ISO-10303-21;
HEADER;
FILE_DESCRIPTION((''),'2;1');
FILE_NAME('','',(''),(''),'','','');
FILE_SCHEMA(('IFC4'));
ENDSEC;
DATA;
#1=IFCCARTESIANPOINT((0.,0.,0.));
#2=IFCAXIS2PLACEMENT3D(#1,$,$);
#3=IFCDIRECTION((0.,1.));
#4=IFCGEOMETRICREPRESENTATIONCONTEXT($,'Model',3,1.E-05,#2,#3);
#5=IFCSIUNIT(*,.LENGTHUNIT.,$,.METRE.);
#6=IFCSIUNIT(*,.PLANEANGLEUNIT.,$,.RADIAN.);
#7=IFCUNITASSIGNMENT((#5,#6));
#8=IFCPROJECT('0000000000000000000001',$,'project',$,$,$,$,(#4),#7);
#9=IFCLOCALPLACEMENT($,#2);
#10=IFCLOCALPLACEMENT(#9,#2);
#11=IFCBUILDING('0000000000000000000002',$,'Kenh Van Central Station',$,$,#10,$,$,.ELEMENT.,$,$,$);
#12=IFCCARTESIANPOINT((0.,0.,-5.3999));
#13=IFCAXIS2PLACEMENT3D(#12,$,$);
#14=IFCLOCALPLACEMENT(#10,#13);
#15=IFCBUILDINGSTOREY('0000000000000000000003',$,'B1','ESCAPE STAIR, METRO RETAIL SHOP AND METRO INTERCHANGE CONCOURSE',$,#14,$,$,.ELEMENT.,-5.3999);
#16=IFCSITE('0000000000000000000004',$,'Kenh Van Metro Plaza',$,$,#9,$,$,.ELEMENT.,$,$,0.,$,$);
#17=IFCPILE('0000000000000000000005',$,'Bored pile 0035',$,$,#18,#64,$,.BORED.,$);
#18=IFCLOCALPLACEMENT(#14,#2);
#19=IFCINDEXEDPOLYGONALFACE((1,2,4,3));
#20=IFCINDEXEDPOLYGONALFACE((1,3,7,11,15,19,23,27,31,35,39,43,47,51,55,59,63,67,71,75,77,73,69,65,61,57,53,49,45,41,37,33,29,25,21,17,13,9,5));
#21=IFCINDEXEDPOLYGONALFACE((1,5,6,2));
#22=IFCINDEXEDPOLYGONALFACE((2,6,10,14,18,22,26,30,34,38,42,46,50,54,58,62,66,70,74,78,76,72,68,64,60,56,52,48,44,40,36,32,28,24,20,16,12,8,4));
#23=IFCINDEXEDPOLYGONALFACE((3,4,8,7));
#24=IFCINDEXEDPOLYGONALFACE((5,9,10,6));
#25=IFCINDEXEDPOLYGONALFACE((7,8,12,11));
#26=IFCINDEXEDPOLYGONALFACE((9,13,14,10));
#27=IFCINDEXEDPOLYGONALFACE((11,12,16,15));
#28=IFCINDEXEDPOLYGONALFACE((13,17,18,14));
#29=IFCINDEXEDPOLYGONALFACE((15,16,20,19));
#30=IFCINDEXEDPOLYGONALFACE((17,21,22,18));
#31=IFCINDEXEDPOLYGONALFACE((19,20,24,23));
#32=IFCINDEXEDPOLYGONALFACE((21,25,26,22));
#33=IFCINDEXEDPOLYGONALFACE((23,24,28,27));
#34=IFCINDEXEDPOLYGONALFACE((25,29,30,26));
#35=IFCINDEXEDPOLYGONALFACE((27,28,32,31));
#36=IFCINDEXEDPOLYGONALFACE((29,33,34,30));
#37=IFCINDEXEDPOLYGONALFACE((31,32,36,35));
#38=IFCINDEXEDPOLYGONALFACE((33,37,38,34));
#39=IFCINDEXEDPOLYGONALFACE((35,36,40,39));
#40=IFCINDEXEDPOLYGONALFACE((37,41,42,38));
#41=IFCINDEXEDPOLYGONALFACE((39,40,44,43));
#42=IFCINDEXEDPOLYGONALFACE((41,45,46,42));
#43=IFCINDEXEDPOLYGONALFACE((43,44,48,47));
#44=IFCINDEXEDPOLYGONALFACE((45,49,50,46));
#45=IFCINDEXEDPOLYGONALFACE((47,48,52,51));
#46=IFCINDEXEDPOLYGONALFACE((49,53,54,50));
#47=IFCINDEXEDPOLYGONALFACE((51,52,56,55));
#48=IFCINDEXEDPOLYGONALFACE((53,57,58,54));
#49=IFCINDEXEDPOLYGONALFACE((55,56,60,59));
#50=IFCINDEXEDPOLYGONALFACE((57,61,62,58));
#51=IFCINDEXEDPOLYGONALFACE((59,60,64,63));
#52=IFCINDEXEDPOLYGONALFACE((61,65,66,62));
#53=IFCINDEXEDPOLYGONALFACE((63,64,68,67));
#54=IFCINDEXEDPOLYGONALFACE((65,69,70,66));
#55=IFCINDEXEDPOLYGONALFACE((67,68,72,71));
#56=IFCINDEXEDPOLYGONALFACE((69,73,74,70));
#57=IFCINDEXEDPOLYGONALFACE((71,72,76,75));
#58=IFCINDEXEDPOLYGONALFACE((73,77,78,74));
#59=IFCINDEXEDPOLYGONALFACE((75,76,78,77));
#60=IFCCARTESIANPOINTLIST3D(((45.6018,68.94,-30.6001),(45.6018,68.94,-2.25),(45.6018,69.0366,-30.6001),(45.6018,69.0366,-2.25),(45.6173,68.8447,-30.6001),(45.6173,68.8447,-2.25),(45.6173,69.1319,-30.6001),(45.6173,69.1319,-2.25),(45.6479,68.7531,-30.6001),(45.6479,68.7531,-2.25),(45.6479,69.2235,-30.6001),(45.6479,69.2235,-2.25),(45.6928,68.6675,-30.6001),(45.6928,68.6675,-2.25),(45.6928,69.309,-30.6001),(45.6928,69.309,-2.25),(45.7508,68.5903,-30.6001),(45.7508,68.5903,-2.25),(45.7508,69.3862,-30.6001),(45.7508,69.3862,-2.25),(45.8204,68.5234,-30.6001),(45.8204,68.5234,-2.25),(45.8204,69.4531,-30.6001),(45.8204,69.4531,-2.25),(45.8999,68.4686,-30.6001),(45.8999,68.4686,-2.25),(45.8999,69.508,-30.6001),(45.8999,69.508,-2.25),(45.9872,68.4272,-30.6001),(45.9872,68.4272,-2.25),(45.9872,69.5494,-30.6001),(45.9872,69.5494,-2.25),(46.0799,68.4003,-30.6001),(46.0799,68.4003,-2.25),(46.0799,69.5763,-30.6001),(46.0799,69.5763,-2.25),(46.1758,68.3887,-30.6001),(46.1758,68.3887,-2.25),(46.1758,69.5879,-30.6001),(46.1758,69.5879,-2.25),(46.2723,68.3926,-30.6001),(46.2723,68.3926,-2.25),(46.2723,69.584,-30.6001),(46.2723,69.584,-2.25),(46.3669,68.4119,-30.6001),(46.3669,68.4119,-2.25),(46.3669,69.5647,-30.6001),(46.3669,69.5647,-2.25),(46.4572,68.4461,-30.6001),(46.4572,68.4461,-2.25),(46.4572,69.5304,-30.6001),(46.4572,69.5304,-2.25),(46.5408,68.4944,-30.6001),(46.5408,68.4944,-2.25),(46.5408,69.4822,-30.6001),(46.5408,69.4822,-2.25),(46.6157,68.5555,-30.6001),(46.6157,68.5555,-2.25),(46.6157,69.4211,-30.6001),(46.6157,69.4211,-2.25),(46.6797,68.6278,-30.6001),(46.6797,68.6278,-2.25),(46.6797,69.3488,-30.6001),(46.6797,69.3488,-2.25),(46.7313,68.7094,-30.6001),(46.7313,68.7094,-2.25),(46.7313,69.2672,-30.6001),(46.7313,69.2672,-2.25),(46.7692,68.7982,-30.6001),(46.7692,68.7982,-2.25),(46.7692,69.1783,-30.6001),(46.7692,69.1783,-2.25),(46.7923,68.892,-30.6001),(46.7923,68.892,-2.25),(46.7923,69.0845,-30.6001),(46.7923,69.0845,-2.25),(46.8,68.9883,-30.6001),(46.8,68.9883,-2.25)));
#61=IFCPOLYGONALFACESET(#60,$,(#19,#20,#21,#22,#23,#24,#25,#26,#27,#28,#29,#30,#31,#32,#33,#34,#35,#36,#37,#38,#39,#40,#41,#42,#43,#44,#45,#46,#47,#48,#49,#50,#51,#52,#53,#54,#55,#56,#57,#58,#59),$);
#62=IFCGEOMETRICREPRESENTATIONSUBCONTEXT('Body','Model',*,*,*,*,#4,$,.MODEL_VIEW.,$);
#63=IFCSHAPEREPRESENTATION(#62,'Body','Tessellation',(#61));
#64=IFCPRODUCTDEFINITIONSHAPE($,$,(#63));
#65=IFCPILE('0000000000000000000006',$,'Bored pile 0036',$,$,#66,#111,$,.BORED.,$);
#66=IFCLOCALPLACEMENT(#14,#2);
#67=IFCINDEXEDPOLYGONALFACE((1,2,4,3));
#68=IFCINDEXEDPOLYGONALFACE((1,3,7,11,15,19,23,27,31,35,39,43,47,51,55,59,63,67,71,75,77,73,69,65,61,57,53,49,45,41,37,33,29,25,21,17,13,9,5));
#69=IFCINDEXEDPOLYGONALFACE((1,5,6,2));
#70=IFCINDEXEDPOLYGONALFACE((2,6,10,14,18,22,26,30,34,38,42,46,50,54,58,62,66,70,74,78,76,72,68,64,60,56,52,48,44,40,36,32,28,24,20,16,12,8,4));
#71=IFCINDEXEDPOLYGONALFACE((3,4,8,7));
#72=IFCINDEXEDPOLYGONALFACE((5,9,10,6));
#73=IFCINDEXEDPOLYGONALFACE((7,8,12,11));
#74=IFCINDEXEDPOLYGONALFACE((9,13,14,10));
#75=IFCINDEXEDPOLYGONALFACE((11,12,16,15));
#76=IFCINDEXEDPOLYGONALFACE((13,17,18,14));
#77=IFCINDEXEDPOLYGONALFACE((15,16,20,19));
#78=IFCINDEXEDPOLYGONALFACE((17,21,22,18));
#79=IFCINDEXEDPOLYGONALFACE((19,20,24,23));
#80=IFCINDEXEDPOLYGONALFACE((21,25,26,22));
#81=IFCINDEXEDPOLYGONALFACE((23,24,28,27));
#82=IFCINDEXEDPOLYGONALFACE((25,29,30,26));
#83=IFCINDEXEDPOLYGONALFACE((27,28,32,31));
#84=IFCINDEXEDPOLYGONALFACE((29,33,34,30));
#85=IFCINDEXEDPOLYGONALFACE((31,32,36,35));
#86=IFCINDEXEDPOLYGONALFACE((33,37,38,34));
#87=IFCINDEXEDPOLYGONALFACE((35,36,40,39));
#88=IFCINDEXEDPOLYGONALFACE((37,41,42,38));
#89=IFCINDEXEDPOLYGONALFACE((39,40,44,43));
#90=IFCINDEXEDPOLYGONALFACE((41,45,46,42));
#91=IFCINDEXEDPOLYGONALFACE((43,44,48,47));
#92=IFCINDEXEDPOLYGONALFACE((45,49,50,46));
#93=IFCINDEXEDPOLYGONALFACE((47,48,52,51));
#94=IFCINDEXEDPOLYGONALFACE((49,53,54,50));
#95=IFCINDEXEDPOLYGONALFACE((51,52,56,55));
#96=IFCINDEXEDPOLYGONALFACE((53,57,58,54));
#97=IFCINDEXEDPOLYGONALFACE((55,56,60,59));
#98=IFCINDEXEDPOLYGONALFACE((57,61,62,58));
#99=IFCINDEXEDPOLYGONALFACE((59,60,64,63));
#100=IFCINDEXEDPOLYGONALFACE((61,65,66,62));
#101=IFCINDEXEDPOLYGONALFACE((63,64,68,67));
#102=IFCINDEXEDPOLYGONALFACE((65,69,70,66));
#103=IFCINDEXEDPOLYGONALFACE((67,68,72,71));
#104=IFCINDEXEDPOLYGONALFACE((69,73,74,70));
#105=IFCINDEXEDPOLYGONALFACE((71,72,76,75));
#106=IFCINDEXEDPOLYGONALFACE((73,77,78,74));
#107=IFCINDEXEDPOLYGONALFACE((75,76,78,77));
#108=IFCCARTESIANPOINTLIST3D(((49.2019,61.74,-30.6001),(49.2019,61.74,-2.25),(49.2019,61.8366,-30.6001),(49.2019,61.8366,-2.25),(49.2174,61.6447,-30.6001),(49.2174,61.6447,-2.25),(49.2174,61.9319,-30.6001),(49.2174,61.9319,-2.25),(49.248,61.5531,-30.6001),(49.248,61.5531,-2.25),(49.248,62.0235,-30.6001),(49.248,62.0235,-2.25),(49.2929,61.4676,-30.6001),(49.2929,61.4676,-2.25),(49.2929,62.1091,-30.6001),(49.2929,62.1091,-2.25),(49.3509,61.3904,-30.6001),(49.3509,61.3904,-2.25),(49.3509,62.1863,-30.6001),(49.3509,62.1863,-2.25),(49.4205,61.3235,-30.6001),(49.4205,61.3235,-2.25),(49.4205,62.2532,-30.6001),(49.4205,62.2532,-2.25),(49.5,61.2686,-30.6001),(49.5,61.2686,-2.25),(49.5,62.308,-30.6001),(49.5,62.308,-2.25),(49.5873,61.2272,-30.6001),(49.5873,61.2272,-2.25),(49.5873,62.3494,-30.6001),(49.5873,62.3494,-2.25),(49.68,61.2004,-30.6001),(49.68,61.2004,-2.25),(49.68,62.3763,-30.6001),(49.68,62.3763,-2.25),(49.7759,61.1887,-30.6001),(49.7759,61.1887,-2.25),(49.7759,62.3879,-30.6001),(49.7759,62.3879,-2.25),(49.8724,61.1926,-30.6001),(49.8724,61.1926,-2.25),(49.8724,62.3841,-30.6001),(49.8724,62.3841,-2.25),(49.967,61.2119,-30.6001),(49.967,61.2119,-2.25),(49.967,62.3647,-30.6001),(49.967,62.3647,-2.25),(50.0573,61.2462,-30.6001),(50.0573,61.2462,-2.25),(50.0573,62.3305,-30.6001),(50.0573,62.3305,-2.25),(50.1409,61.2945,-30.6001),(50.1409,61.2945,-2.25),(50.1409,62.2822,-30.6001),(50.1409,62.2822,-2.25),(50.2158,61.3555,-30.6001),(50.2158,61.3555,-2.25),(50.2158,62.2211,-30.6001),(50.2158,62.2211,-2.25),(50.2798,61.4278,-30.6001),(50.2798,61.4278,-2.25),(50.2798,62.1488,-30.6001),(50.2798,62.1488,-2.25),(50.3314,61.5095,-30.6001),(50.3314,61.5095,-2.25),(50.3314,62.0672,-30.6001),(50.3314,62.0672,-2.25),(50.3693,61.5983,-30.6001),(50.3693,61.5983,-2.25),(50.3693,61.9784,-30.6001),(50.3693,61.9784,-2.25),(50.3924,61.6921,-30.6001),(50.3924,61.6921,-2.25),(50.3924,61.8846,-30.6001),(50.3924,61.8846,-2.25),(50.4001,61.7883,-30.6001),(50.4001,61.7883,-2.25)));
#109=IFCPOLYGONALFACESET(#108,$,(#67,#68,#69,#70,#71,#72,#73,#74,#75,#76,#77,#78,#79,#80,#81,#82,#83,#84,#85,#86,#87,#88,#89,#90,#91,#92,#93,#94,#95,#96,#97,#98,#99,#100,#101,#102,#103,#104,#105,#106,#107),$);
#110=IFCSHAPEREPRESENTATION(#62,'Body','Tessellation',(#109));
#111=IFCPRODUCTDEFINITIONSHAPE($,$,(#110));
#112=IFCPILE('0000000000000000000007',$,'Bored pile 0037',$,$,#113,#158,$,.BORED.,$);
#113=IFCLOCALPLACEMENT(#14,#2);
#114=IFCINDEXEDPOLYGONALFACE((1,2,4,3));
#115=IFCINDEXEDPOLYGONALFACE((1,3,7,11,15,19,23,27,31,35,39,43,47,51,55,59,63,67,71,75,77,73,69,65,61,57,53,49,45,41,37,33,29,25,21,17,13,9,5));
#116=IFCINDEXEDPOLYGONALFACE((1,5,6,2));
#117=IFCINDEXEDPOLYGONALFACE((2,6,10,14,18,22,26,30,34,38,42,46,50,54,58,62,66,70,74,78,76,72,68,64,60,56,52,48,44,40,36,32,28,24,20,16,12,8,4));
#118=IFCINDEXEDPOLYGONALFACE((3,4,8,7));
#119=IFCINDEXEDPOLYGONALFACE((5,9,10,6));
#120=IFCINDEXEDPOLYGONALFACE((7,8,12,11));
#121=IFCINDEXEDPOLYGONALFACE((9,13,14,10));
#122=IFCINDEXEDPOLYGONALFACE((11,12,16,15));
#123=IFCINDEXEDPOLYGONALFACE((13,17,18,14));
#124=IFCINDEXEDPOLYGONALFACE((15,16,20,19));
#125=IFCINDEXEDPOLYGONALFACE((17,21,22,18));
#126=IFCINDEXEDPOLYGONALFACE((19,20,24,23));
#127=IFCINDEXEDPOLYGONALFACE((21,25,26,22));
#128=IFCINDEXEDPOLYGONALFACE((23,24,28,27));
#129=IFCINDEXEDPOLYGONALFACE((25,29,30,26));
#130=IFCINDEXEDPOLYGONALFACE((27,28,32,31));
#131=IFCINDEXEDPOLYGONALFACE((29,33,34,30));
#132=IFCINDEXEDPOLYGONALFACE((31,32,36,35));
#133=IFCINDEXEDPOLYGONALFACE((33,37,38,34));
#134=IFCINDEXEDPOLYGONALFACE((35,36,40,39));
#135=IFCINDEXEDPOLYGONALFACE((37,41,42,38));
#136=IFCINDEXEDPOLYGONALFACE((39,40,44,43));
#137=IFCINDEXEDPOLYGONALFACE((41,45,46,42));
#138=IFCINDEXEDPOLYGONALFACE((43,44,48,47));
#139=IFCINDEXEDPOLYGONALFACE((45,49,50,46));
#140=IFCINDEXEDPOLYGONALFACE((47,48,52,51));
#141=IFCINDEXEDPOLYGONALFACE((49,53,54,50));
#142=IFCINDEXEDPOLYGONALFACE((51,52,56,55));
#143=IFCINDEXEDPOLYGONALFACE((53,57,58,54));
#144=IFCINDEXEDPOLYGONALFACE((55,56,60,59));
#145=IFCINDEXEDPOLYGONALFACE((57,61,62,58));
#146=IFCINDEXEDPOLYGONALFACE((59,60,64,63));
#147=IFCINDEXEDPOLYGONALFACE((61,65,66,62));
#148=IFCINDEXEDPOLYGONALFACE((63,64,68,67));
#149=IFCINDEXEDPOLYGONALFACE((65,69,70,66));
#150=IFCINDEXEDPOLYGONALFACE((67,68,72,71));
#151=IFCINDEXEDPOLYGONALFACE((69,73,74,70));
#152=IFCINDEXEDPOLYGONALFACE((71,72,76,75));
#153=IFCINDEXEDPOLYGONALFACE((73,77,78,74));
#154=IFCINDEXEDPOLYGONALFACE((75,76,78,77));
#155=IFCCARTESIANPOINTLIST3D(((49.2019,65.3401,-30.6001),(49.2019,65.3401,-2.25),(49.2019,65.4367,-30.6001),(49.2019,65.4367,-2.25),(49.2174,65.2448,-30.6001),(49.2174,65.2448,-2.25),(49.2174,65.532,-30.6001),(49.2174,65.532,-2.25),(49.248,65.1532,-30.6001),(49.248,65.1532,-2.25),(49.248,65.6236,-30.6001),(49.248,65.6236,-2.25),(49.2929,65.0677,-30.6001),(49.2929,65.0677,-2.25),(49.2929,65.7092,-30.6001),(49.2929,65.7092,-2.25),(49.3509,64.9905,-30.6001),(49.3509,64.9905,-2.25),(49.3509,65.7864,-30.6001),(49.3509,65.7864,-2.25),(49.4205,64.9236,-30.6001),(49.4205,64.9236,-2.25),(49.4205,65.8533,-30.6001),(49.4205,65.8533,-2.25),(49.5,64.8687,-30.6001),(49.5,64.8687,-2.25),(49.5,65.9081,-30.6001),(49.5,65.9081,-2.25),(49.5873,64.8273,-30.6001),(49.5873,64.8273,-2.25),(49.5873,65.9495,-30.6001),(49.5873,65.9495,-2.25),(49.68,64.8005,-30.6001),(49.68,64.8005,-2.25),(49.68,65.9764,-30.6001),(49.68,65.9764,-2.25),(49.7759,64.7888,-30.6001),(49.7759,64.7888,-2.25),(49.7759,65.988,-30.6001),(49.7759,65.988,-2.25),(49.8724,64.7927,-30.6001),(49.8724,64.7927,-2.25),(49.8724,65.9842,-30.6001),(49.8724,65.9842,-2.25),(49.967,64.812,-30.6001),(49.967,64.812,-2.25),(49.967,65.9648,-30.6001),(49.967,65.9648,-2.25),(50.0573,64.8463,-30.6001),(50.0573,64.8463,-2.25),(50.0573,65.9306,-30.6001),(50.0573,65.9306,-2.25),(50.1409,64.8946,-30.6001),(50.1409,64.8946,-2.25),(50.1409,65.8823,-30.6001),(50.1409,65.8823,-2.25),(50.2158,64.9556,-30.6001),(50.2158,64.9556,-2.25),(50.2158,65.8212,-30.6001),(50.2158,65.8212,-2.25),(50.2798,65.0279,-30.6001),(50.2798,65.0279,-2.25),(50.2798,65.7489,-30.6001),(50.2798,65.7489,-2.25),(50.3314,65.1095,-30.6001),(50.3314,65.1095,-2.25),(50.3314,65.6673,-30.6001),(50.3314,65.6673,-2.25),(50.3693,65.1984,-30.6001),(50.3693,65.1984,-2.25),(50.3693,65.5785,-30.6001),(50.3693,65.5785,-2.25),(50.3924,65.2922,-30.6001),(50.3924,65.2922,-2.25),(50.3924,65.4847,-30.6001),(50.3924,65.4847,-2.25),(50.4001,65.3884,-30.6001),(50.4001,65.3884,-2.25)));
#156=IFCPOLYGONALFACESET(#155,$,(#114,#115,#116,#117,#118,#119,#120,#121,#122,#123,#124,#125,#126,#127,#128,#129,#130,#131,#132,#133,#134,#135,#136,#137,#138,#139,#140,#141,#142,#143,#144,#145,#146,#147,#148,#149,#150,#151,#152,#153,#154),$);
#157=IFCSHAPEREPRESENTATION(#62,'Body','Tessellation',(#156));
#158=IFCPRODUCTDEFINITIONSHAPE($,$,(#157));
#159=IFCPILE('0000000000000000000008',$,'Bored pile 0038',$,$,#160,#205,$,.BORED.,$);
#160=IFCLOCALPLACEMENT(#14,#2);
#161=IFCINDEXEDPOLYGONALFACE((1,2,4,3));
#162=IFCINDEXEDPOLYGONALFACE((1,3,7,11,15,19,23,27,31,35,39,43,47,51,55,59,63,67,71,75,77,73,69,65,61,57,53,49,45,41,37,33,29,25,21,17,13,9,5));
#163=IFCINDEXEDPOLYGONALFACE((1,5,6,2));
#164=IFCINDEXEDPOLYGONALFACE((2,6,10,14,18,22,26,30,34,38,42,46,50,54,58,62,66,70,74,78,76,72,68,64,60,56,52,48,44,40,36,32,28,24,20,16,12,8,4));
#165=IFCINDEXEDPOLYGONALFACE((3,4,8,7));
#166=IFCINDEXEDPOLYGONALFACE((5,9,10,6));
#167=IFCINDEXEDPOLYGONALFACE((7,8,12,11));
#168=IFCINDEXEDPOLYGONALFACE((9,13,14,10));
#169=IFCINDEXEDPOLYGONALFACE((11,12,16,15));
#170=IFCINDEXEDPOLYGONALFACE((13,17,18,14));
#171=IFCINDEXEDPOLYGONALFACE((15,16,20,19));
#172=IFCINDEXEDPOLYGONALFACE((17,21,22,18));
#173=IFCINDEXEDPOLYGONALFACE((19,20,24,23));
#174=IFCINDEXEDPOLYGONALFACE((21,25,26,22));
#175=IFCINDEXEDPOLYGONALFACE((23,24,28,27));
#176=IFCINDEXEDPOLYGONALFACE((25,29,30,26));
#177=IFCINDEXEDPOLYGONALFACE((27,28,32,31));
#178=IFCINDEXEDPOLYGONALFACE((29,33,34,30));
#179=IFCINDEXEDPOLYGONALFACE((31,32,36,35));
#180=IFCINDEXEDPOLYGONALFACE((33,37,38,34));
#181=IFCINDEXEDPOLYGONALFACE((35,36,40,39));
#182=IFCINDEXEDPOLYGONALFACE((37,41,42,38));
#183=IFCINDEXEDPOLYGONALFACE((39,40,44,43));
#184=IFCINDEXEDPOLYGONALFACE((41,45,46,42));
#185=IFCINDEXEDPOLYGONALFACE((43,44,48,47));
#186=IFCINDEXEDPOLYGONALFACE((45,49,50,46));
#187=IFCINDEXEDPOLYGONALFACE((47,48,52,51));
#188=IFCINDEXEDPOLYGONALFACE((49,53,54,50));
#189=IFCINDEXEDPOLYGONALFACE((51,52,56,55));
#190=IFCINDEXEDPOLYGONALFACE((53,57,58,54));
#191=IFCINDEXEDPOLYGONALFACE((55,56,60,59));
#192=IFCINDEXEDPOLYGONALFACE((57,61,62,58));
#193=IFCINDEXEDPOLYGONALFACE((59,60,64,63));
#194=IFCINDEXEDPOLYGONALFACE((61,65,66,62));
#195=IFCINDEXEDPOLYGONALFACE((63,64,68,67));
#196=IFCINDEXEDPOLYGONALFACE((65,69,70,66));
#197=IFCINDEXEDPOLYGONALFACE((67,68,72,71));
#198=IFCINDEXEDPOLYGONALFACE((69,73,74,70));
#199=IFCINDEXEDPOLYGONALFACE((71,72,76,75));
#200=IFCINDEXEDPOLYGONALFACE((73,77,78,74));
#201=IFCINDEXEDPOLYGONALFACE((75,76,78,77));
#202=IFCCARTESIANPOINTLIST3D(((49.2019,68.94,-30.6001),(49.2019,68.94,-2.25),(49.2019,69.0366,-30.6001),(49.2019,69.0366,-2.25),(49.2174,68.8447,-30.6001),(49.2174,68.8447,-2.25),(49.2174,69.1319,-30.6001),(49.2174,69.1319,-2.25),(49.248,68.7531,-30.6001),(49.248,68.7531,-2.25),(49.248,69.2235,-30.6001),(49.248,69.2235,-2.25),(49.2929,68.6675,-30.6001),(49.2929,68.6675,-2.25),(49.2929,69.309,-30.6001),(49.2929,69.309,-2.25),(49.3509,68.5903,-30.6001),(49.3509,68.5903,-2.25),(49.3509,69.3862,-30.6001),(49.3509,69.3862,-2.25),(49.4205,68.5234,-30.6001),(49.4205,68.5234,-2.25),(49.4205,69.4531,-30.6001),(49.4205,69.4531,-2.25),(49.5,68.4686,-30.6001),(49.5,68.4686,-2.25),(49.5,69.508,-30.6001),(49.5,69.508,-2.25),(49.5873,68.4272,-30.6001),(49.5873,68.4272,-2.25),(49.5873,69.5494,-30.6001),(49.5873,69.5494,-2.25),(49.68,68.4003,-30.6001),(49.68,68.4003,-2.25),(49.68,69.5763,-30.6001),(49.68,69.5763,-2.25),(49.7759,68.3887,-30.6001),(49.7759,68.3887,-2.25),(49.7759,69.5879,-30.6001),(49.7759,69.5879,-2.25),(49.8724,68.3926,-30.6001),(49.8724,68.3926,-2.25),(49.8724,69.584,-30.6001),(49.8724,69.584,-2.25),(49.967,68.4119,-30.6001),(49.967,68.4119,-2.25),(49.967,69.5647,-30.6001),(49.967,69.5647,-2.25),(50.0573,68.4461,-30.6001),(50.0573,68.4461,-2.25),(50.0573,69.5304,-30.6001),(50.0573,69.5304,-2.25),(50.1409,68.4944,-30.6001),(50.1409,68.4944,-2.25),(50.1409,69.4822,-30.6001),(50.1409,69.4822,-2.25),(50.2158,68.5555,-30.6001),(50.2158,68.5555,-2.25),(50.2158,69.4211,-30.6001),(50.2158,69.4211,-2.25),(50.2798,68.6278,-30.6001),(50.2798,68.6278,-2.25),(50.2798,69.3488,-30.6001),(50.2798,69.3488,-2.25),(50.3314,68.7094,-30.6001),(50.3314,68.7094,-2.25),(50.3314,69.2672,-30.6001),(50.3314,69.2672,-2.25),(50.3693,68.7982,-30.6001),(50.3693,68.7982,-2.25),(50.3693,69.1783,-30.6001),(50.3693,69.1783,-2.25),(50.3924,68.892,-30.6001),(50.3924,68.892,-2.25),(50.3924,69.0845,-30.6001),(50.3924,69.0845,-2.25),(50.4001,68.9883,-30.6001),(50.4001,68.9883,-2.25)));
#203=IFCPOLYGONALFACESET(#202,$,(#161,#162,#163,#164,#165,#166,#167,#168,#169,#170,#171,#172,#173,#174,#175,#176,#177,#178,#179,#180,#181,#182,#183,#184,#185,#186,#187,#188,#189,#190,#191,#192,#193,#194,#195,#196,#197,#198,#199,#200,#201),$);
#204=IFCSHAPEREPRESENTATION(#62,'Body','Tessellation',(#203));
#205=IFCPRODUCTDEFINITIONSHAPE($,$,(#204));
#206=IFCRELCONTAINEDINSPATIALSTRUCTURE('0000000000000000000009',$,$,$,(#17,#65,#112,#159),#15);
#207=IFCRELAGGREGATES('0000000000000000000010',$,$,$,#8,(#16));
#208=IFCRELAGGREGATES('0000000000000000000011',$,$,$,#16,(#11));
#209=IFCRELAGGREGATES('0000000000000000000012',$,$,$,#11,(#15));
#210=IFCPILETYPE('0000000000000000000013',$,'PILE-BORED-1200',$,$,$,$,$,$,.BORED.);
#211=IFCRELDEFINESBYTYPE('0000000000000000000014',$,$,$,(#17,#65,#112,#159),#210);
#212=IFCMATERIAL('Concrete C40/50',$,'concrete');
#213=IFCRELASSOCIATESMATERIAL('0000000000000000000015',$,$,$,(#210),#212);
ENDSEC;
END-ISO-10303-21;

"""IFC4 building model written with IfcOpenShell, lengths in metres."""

from ifc_helpers import new_model, si_unit, direction, frame, origin, origin_2d, place, context, subcontext, project, spatial, circle, extrude, material, material_profile, profile_set, type_object, element, save


model = new_model("IFC4")

# Units and contexts
model_context = context("Model", 3, precision=1e-05, world=origin(), true_north=direction((0.0, 1.0)))
body_context = subcontext(model_context, "Body", "Model", "MODEL_VIEW")
ifc_project = project(units=[si_unit("LENGTHUNIT", "METRE"), si_unit("PLANEANGLEUNIT", "RADIAN")], contexts=[model_context])

# Site, building, storey
site_placement = place(None, origin())
site = spatial("IfcSite", under=ifc_project, at=site_placement, Name="Kenh Van Metro Plaza", CompositionType="ELEMENT", RefElevation=0.0)
building_placement = place(site_placement, origin())
building = spatial("IfcBuilding", under=site, at=building_placement, Name="Kenh Van Central Station", CompositionType="ELEMENT")
storey_placement = place(building_placement, frame((0.0, 0.0, -5.3999)))
storey = spatial("IfcBuildingStorey", under=building, at=storey_placement, Name="B1", Description="ESCAPE STAIR, METRO RETAIL SHOP AND METRO INTERCHANGE CONCOURSE", CompositionType="ELEMENT", Elevation=-5.3999)

# Shared definitions
ifc_material = material(Name="Concrete C40/50", Category="concrete")

# Piles
ifc_material_profile_1 = material_profile(ifc_material, circle(Radius=0.6001, at=origin_2d()), Name="PILE D1200")
ifc_profile_set_1 = profile_set([ifc_material_profile_1], Name="Concrete C40/50")
pile_type_1 = type_object("IfcPileType", Name="PILE-BORED-1200", PredefinedType="BORED", material=ifc_profile_set_1)
for number, where, z_axis, x_axis, name in (
    (1, (46.2, 68.9883, -2.25), (0.0, 0.0, -1.0), (1.0, 0.0, 0.0), "Bored pile 0035"),
    (2, (49.8, 61.7883, -2.25), (0.0, 0.0, -1.0), (1.0, 0.0, 0.0), "Bored pile 0036"),
    (3, (49.8, 65.3884, -2.25), (0.0, 0.0, -1.0), (1.0, 0.0, 0.0), "Bored pile 0037"),
    (4, (49.8, 68.9883, -2.25), (0.0, 0.0, -1.0), (1.0, 0.0, 0.0), "Bored pile 0038"),
):
    element("IfcPile", number, at=place(storey_placement, frame(where, z_axis=z_axis, x_axis=x_axis)), inside=storey, type_object=pile_type_1, Name=name, PredefinedType="BORED", context=body_context, shape_type="SweptSolid", body=[
        extrude(circle(Radius=0.6001, at=origin_2d()), origin(), (0.0, 0.0, 1.0), 28.3501),
    ])

save(model, "model.ifc")
